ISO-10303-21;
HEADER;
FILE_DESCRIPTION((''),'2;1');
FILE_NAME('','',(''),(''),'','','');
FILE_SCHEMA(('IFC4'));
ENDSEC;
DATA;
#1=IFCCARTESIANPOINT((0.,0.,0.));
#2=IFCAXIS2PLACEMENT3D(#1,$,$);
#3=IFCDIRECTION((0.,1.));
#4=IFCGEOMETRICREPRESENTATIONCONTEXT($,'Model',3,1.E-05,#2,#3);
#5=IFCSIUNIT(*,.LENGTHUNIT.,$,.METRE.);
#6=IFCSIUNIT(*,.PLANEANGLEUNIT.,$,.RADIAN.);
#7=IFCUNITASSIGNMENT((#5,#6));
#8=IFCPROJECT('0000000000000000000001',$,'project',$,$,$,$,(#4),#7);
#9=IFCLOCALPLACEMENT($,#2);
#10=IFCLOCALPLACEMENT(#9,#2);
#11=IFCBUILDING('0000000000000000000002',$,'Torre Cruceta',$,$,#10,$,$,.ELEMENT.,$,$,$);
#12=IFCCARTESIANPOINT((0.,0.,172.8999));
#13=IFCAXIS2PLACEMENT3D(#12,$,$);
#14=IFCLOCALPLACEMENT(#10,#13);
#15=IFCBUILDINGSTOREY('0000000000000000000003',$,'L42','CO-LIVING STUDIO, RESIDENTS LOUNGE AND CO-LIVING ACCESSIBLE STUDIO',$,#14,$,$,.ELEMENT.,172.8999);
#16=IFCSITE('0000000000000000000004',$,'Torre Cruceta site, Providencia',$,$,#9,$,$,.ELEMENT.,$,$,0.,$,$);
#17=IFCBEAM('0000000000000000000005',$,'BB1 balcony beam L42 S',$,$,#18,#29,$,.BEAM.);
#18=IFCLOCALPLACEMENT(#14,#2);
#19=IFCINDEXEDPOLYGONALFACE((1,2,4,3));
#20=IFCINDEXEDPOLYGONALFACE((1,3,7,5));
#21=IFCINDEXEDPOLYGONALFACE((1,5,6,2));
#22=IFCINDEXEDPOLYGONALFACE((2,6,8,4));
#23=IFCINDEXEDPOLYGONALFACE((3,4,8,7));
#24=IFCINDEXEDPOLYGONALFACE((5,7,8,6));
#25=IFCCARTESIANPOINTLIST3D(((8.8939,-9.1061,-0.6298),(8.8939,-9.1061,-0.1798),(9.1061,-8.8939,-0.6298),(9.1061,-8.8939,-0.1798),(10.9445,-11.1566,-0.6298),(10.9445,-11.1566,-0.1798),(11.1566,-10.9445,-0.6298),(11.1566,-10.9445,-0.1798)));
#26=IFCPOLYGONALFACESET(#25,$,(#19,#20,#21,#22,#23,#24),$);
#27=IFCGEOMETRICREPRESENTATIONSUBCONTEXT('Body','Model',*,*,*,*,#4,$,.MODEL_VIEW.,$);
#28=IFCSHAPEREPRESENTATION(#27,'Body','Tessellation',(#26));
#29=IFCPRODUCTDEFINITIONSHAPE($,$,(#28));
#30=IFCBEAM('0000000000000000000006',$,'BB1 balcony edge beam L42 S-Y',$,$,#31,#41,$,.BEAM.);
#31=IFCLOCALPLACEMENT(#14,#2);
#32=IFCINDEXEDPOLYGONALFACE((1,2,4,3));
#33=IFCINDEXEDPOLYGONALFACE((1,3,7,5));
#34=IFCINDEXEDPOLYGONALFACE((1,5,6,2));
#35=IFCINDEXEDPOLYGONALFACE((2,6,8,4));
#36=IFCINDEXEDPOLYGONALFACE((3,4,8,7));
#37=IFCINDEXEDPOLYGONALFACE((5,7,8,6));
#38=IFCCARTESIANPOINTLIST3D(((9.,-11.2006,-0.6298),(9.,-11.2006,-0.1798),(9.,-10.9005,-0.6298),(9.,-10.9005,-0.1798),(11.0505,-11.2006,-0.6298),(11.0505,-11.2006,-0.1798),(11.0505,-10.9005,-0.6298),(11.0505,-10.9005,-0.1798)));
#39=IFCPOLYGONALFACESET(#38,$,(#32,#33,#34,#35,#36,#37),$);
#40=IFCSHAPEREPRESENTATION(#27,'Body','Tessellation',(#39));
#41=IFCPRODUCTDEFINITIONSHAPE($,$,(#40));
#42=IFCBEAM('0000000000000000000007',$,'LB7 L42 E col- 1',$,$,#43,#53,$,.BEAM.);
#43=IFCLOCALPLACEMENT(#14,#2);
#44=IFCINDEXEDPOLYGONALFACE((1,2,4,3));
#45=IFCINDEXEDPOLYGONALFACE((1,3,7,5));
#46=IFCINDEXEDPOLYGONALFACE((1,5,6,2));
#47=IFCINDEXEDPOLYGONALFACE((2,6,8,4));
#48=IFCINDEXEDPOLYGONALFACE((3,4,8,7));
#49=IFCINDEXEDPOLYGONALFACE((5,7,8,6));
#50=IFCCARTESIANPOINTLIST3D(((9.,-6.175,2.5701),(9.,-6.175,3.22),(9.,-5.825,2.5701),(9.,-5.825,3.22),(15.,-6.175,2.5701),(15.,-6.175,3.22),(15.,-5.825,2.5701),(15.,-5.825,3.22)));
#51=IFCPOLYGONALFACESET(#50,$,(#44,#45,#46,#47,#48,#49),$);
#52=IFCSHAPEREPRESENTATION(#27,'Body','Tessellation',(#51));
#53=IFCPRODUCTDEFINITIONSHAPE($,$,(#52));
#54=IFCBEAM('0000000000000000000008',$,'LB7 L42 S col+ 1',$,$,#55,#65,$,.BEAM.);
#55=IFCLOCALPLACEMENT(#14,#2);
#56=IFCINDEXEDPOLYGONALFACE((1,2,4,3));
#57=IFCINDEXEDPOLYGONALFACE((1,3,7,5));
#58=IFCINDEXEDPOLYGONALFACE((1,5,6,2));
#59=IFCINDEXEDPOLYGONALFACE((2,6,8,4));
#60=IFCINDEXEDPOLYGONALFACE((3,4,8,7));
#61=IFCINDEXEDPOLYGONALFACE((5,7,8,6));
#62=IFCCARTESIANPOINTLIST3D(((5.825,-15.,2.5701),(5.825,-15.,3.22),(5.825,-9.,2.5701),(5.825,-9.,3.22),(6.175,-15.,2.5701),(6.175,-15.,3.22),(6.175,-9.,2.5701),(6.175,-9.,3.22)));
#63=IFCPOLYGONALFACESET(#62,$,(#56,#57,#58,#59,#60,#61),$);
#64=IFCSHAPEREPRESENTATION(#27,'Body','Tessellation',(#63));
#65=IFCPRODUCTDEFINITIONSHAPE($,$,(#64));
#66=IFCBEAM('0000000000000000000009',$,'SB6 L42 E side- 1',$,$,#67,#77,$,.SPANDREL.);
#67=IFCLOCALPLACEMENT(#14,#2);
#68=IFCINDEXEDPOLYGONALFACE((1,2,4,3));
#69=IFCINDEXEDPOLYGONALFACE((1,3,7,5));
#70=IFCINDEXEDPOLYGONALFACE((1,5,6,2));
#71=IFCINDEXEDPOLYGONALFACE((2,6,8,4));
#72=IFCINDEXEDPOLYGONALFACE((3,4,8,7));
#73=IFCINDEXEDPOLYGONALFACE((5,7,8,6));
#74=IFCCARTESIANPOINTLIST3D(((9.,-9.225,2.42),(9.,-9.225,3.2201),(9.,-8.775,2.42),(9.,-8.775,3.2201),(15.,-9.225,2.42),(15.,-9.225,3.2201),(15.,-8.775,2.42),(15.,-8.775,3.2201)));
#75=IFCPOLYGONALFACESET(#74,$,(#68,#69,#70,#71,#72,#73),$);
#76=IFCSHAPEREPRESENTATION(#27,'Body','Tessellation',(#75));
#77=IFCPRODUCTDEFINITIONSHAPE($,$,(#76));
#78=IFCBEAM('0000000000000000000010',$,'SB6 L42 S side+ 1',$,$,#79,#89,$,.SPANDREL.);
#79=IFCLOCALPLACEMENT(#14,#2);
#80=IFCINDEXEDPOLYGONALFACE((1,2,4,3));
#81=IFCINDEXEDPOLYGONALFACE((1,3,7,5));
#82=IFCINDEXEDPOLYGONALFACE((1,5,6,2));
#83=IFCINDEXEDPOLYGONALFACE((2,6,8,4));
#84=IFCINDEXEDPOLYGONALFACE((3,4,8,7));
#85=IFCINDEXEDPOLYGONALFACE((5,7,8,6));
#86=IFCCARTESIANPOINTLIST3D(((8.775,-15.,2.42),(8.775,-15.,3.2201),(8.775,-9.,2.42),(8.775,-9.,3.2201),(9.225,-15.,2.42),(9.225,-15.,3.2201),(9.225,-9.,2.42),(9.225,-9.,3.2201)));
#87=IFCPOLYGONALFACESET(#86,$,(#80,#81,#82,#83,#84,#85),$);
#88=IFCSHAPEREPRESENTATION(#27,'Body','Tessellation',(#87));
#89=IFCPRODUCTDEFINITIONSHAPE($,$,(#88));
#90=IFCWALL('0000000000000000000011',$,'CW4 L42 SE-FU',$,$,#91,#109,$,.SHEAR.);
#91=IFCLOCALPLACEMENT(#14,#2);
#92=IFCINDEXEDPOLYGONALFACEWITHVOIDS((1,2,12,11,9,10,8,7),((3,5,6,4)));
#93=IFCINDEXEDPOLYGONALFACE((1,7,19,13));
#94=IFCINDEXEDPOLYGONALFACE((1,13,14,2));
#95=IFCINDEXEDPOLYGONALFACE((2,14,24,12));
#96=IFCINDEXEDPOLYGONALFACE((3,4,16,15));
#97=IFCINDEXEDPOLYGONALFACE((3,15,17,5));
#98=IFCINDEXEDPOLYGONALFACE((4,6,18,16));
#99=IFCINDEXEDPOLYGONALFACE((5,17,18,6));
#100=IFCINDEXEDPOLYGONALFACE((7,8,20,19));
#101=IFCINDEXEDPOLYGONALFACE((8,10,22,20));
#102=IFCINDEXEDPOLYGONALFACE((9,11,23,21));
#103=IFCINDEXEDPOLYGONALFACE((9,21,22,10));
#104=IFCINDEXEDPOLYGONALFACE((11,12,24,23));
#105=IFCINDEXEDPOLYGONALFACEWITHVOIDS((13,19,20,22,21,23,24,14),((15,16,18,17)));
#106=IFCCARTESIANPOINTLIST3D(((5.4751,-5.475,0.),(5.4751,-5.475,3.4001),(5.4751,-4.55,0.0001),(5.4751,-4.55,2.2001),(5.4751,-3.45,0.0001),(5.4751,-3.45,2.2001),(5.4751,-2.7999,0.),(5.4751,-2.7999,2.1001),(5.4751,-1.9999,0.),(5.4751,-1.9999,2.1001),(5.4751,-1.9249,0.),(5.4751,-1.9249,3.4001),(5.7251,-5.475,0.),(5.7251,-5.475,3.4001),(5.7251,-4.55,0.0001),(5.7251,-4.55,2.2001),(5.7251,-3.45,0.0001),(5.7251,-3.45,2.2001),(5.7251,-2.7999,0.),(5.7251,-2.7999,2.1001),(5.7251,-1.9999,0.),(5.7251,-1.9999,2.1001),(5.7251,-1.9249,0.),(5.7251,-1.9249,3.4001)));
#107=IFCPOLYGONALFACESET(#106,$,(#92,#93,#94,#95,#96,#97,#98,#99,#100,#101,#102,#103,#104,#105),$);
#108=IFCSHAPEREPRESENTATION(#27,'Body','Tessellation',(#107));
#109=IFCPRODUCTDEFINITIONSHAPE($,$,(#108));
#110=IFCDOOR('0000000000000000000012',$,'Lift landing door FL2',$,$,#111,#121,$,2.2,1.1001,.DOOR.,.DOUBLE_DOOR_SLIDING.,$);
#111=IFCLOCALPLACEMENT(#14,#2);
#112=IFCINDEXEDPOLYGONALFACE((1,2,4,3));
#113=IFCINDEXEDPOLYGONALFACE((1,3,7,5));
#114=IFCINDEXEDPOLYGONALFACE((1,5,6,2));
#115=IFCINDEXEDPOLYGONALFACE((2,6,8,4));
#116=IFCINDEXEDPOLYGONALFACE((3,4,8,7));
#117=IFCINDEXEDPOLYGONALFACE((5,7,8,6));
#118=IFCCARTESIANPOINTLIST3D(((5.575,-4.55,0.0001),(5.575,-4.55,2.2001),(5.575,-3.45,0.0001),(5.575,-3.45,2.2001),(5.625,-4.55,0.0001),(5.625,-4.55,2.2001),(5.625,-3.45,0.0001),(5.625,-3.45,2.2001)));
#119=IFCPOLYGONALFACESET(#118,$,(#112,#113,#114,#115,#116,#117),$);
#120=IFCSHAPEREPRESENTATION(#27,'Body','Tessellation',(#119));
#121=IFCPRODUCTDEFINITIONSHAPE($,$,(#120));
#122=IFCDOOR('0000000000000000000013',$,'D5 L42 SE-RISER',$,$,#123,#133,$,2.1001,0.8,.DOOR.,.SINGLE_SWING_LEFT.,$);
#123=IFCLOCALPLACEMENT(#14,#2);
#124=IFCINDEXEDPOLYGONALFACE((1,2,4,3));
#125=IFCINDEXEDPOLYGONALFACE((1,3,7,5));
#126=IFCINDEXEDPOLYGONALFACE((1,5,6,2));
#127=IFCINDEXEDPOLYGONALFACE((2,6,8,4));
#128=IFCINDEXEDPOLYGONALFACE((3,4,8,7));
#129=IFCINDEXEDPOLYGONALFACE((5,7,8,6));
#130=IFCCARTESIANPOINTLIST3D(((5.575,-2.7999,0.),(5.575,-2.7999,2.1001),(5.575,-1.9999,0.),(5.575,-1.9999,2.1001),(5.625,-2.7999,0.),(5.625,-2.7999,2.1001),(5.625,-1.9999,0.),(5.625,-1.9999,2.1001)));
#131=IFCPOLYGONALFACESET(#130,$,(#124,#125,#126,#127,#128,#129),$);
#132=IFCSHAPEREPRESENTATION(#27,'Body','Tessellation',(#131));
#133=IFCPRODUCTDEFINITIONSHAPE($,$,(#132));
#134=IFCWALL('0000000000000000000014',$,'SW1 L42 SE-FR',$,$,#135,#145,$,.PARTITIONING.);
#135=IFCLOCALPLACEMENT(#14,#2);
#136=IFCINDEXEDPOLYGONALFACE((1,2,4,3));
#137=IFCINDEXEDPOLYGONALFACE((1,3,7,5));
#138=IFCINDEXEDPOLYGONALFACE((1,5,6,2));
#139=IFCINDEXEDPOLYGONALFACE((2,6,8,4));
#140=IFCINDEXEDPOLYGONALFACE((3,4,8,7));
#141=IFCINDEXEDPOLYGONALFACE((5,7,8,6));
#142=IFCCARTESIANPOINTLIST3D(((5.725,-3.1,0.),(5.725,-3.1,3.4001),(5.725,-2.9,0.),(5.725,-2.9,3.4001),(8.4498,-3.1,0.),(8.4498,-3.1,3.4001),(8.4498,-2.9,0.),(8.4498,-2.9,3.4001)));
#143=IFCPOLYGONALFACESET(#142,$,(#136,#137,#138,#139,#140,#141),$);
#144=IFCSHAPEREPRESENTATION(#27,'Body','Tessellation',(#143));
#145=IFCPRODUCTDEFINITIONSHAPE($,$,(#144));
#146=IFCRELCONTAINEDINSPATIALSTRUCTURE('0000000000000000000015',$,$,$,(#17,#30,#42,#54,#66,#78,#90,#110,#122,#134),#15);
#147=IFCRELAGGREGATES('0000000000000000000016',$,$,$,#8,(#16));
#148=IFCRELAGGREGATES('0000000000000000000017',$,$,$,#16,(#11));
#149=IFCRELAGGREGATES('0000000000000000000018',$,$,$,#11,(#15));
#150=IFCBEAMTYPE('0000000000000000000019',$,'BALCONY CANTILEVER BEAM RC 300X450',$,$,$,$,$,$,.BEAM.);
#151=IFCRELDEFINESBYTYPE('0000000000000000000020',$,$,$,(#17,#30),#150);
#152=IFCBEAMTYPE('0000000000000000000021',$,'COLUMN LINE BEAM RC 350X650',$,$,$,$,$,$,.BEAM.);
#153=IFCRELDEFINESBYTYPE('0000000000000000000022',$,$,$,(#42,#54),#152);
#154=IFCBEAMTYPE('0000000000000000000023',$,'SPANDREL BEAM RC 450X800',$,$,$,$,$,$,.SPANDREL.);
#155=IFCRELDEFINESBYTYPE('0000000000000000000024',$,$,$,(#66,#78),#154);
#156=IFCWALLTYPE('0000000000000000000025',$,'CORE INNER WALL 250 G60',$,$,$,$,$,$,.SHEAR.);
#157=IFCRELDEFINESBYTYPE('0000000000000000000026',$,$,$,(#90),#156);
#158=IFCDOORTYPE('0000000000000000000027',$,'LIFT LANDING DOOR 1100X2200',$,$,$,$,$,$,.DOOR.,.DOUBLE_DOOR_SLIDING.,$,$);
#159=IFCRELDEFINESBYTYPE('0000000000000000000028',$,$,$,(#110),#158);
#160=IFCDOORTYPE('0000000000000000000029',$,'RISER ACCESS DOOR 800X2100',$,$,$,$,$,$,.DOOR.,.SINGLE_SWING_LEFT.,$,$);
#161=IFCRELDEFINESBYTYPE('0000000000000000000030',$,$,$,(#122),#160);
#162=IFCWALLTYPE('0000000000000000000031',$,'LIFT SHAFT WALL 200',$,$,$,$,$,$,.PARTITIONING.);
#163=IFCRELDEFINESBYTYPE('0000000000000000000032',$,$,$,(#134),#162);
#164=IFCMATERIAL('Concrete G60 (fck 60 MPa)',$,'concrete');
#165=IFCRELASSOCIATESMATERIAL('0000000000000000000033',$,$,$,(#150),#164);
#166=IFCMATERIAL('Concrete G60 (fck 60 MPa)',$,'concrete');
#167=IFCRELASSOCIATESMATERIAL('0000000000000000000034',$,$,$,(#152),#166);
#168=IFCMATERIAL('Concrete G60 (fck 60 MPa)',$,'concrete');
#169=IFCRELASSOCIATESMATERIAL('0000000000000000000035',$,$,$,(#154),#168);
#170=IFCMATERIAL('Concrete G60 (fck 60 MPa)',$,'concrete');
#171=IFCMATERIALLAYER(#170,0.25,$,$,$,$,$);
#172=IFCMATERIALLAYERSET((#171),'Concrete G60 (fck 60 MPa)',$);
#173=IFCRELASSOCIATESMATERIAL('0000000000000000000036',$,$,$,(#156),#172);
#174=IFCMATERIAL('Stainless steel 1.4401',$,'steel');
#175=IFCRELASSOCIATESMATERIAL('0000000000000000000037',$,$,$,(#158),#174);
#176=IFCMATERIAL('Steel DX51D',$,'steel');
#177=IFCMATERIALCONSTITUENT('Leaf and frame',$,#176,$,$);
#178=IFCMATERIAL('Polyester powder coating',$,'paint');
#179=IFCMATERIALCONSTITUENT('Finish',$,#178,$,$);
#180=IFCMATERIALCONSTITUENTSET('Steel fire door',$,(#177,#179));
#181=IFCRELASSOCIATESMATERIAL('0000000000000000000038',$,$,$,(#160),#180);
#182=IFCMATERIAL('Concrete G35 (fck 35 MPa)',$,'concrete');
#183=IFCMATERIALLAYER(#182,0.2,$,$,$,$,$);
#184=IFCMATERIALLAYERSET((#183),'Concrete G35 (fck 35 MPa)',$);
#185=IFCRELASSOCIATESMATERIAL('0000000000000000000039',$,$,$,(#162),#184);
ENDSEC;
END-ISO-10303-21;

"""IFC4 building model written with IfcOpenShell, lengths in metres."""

from ifc_helpers import new_model, si_unit, direction, frame, frame_2d, origin, origin_2d, place, context, subcontext, project, spatial, rectangle, extrude, material, layer, layer_set, constituent, constituent_set, material_profile, profile_set, type_object, element, fill, save


model = new_model("IFC4")

# Units and contexts
model_context = context("Model", 3, precision=1e-05, world=origin(), true_north=direction((0.0, 1.0)))
body_context = subcontext(model_context, "Body", "Model", "MODEL_VIEW")
ifc_project = project(units=[si_unit("LENGTHUNIT", "METRE"), si_unit("PLANEANGLEUNIT", "RADIAN")], contexts=[model_context])

# Site, building, storey
site_placement = place(None, origin())
site = spatial("IfcSite", under=ifc_project, at=site_placement, Name="Torre Cruceta site, Providencia", CompositionType="ELEMENT", RefElevation=0.0)
building_placement = place(site_placement, origin())
building = spatial("IfcBuilding", under=site, at=building_placement, Name="Torre Cruceta", CompositionType="ELEMENT")
storey_placement = place(building_placement, frame((0.0, 0.0, 172.8999)))
storey = spatial("IfcBuildingStorey", under=building, at=storey_placement, Name="L42", Description="CO-LIVING STUDIO, RESIDENTS LOUNGE AND CO-LIVING ACCESSIBLE STUDIO", CompositionType="ELEMENT", Elevation=172.8999)

# Beams
ifc_material_1 = material(Name="Concrete G60 (fck 60 MPa)", Category="concrete")
ifc_material_profile_1 = material_profile(ifc_material_1, rectangle(XDim=0.3, YDim=0.45, at=origin_2d()), Name="RC 300X450")
ifc_profile_set_1 = profile_set([ifc_material_profile_1], Name="Concrete G60 (fck 60 MPa)")
beam_type_1 = type_object("IfcBeamType", Name="BALCONY CANTILEVER BEAM RC 300X450", PredefinedType="BEAM", material=ifc_profile_set_1)
beam_1_placement = place(storey_placement, frame((9.0, -9.0, -0.4048), z_axis=(0.707107, -0.707107, 0.0), x_axis=(0.707107, 0.707107, 0.0)))
element("IfcBeam", 1, at=beam_1_placement, inside=storey, type_object=beam_type_1, Name="BB1 balcony beam L42 S", PredefinedType="BEAM", context=body_context, shape_type="SweptSolid", body=[
    extrude(rectangle(XDim=0.3, YDim=0.45, at=origin_2d()), origin(), (0.0, 0.0, 1.0), 2.8999),
])
beam_2_placement = place(storey_placement, frame((9.0, -11.0505, -0.4048), z_axis=(1.0, 0.0, 0.0), x_axis=(0.0, 1.0, 0.0)))
element("IfcBeam", 2, at=beam_2_placement, inside=storey, type_object=beam_type_1, Name="BB1 balcony edge beam L42 S-Y", PredefinedType="BEAM", context=body_context, shape_type="SweptSolid", body=[
    extrude(rectangle(XDim=0.3, YDim=0.45, at=origin_2d()), origin(), (0.0, 0.0, 1.0), 2.0505),
])
ifc_material_2 = material(Name="Concrete G60 (fck 60 MPa)", Category="concrete")
ifc_material_profile_2 = material_profile(ifc_material_2, rectangle(XDim=0.3501, YDim=0.6499, at=origin_2d()), Name="RC 350X650")
ifc_profile_set_2 = profile_set([ifc_material_profile_2], Name="Concrete G60 (fck 60 MPa)")
beam_type_2 = type_object("IfcBeamType", Name="COLUMN LINE BEAM RC 350X650", PredefinedType="BEAM", material=ifc_profile_set_2)
for number, where, z_axis, x_axis, name in (
    (3, (9.0, -6.0, 2.895), (1.0, 0.0, 0.0), (0.0, 1.0, 0.0), "LB7 L42 E col- 1"),
    (4, (6.0, -9.0, 2.895), (0.0, -1.0, 0.0), (1.0, 0.0, 0.0), "LB7 L42 S col+ 1"),
):
    element("IfcBeam", number, at=place(storey_placement, frame(where, z_axis=z_axis, x_axis=x_axis)), inside=storey, type_object=beam_type_2, Name=name, PredefinedType="BEAM", context=body_context, shape_type="SweptSolid", body=[
        extrude(rectangle(XDim=0.3501, YDim=0.6499, at=origin_2d()), origin(), (0.0, 0.0, 1.0), 6.0),
    ])
ifc_material_3 = material(Name="Concrete G60 (fck 60 MPa)", Category="concrete")
ifc_material_profile_3 = material_profile(ifc_material_3, rectangle(XDim=0.45, YDim=0.8, at=origin_2d()), Name="RC 450X800")
ifc_profile_set_3 = profile_set([ifc_material_profile_3], Name="Concrete G60 (fck 60 MPa)")
beam_type_3 = type_object("IfcBeamType", Name="SPANDREL BEAM RC 450X800", PredefinedType="SPANDREL", material=ifc_profile_set_3)
for number, where, z_axis, x_axis, name in (
    (5, (9.0, -9.0, 2.8201), (1.0, 0.0, 0.0), (0.0, 1.0, 0.0), "SB6 L42 E side- 1"),
    (6, (9.0, -9.0, 2.8201), (0.0, -1.0, 0.0), (1.0, 0.0, 0.0), "SB6 L42 S side+ 1"),
):
    element("IfcBeam", number, at=place(storey_placement, frame(where, z_axis=z_axis, x_axis=x_axis)), inside=storey, type_object=beam_type_3, Name=name, PredefinedType="SPANDREL", context=body_context, shape_type="SweptSolid", body=[
        extrude(rectangle(XDim=0.45, YDim=0.8, at=origin_2d()), origin(), (0.0, 0.0, 1.0), 6.0),
    ])

# Wall, openings, doors
ifc_material_4 = material(Name="Concrete G60 (fck 60 MPa)", Category="concrete")
ifc_layer_1 = layer(ifc_material_4, 0.25)
ifc_layer_set_1 = layer_set([ifc_layer_1], Name="Concrete G60 (fck 60 MPa)")
wall_type_1 = type_object("IfcWallType", Name="CORE INNER WALL 250 G60", PredefinedType="SHEAR", material=ifc_layer_set_1)
wall_1_placement = place(storey_placement, frame((5.6001, -1.925, 0.0), z_axis=(0.0, 0.0, 1.0), x_axis=(0.0, -1.0, 0.0)))
wall_1 = element("IfcWall", 7, at=wall_1_placement, inside=storey, type_object=wall_type_1, Name="CW4 L42 SE-FU", PredefinedType="SHEAR", context=body_context, shape_type="SweptSolid", body=[
    extrude(rectangle(XDim=3.55, YDim=0.25, at=frame_2d((1.7749, 0.0))), origin(), (0.0, 0.0, 1.0), 3.4001),
])
opening_1_placement = place(wall_1_placement, frame((1.5249, 0.0, 0.0)))
opening_1 = element("IfcOpeningElement", 8, at=opening_1_placement, cuts=wall_1, PredefinedType="OPENING", context=body_context, shape_type="SweptSolid", body=[
    extrude(rectangle(XDim=1.1001, YDim=2.2, at=frame_2d((0.55, 1.1001))), frame((0.0, 0.135, 0.0), z_axis=(0.0, -1.0, 0.0), x_axis=(1.0, 0.0, 0.0)), (0.0, 0.0, 1.0), 0.27),
])
opening_2_placement = place(wall_1_placement, frame((0.075, 0.0, 0.0)))
opening_2 = element("IfcOpeningElement", 9, at=opening_2_placement, cuts=wall_1, PredefinedType="OPENING", context=body_context, shape_type="SweptSolid", body=[
    extrude(rectangle(XDim=0.8, YDim=2.1001, at=frame_2d((0.3999, 1.05))), frame((0.0, 0.135, 0.0), z_axis=(0.0, -1.0, 0.0), x_axis=(1.0, 0.0, 0.0)), (0.0, 0.0, 1.0), 0.27),
])
ifc_material_5 = material(Name="Stainless steel 1.4401", Category="steel")
door_type_1 = type_object("IfcDoorType", Name="LIFT LANDING DOOR 1100X2200", OperationType="DOUBLE_DOOR_SLIDING", PredefinedType="DOOR", material=ifc_material_5)
door_1_placement = place(opening_1_placement, origin())
door_1 = element("IfcDoor", 10, at=door_1_placement, inside=storey, type_object=door_type_1, Name="Lift landing door FL2", OperationType="DOUBLE_DOOR_SLIDING", OverallHeight=2.2, OverallWidth=1.1001, PredefinedType="DOOR", context=body_context, shape_type="SweptSolid", body=[
    extrude(rectangle(XDim=1.1001, YDim=2.2, at=frame_2d((0.55, 1.1001))), frame((0.0, 0.0249, 0.0), z_axis=(0.0, -1.0, 0.0), x_axis=(1.0, 0.0, 0.0)), (0.0, 0.0, 1.0), 0.05),
])
fill(opening_1, door_1)
ifc_material_6 = material(Name="Steel DX51D", Category="steel")
ifc_constituent_1 = constituent(ifc_material_6, Name="Leaf and frame")
ifc_material_7 = material(Name="Polyester powder coating", Category="paint")
ifc_constituent_2 = constituent(ifc_material_7, Name="Finish")
ifc_constituent_set_1 = constituent_set(constituents=[ifc_constituent_1, ifc_constituent_2], Name="Steel fire door")
door_type_2 = type_object("IfcDoorType", Name="RISER ACCESS DOOR 800X2100", OperationType="SINGLE_SWING_LEFT", PredefinedType="DOOR", material=ifc_constituent_set_1)
door_2_placement = place(opening_2_placement, origin())
door_2 = element("IfcDoor", 11, at=door_2_placement, inside=storey, type_object=door_type_2, Name="D5 L42 SE-RISER", OperationType="SINGLE_SWING_LEFT", OverallHeight=2.1001, OverallWidth=0.8, PredefinedType="DOOR", context=body_context, shape_type="SweptSolid", body=[
    extrude(rectangle(XDim=0.8, YDim=2.1001, at=frame_2d((0.3999, 1.05))), frame((0.0, 0.0249, 0.0), z_axis=(0.0, -1.0, 0.0), x_axis=(1.0, 0.0, 0.0)), (0.0, 0.0, 1.0), 0.05),
])
fill(opening_2, door_2)

# Wall
ifc_material_8 = material(Name="Concrete G35 (fck 35 MPa)", Category="concrete")
ifc_layer_2 = layer(ifc_material_8, 0.2)
ifc_layer_set_2 = layer_set([ifc_layer_2], Name="Concrete G35 (fck 35 MPa)")
wall_type_2 = type_object("IfcWallType", Name="LIFT SHAFT WALL 200", PredefinedType="PARTITIONING", material=ifc_layer_set_2)
wall_2_placement = place(storey_placement, frame((5.7251, -3.0, 0.0), z_axis=(0.0, 0.0, 1.0), x_axis=(1.0, 0.0, 0.0)))
element("IfcWall", 12, at=wall_2_placement, inside=storey, type_object=wall_type_2, Name="SW1 L42 SE-FR", PredefinedType="PARTITIONING", context=body_context, shape_type="SweptSolid", body=[
    extrude(rectangle(XDim=2.7249, YDim=0.2, at=frame_2d((1.3623, 0.0))), origin(), (0.0, 0.0, 1.0), 3.4001),
])

save(model, "model.ifc")
